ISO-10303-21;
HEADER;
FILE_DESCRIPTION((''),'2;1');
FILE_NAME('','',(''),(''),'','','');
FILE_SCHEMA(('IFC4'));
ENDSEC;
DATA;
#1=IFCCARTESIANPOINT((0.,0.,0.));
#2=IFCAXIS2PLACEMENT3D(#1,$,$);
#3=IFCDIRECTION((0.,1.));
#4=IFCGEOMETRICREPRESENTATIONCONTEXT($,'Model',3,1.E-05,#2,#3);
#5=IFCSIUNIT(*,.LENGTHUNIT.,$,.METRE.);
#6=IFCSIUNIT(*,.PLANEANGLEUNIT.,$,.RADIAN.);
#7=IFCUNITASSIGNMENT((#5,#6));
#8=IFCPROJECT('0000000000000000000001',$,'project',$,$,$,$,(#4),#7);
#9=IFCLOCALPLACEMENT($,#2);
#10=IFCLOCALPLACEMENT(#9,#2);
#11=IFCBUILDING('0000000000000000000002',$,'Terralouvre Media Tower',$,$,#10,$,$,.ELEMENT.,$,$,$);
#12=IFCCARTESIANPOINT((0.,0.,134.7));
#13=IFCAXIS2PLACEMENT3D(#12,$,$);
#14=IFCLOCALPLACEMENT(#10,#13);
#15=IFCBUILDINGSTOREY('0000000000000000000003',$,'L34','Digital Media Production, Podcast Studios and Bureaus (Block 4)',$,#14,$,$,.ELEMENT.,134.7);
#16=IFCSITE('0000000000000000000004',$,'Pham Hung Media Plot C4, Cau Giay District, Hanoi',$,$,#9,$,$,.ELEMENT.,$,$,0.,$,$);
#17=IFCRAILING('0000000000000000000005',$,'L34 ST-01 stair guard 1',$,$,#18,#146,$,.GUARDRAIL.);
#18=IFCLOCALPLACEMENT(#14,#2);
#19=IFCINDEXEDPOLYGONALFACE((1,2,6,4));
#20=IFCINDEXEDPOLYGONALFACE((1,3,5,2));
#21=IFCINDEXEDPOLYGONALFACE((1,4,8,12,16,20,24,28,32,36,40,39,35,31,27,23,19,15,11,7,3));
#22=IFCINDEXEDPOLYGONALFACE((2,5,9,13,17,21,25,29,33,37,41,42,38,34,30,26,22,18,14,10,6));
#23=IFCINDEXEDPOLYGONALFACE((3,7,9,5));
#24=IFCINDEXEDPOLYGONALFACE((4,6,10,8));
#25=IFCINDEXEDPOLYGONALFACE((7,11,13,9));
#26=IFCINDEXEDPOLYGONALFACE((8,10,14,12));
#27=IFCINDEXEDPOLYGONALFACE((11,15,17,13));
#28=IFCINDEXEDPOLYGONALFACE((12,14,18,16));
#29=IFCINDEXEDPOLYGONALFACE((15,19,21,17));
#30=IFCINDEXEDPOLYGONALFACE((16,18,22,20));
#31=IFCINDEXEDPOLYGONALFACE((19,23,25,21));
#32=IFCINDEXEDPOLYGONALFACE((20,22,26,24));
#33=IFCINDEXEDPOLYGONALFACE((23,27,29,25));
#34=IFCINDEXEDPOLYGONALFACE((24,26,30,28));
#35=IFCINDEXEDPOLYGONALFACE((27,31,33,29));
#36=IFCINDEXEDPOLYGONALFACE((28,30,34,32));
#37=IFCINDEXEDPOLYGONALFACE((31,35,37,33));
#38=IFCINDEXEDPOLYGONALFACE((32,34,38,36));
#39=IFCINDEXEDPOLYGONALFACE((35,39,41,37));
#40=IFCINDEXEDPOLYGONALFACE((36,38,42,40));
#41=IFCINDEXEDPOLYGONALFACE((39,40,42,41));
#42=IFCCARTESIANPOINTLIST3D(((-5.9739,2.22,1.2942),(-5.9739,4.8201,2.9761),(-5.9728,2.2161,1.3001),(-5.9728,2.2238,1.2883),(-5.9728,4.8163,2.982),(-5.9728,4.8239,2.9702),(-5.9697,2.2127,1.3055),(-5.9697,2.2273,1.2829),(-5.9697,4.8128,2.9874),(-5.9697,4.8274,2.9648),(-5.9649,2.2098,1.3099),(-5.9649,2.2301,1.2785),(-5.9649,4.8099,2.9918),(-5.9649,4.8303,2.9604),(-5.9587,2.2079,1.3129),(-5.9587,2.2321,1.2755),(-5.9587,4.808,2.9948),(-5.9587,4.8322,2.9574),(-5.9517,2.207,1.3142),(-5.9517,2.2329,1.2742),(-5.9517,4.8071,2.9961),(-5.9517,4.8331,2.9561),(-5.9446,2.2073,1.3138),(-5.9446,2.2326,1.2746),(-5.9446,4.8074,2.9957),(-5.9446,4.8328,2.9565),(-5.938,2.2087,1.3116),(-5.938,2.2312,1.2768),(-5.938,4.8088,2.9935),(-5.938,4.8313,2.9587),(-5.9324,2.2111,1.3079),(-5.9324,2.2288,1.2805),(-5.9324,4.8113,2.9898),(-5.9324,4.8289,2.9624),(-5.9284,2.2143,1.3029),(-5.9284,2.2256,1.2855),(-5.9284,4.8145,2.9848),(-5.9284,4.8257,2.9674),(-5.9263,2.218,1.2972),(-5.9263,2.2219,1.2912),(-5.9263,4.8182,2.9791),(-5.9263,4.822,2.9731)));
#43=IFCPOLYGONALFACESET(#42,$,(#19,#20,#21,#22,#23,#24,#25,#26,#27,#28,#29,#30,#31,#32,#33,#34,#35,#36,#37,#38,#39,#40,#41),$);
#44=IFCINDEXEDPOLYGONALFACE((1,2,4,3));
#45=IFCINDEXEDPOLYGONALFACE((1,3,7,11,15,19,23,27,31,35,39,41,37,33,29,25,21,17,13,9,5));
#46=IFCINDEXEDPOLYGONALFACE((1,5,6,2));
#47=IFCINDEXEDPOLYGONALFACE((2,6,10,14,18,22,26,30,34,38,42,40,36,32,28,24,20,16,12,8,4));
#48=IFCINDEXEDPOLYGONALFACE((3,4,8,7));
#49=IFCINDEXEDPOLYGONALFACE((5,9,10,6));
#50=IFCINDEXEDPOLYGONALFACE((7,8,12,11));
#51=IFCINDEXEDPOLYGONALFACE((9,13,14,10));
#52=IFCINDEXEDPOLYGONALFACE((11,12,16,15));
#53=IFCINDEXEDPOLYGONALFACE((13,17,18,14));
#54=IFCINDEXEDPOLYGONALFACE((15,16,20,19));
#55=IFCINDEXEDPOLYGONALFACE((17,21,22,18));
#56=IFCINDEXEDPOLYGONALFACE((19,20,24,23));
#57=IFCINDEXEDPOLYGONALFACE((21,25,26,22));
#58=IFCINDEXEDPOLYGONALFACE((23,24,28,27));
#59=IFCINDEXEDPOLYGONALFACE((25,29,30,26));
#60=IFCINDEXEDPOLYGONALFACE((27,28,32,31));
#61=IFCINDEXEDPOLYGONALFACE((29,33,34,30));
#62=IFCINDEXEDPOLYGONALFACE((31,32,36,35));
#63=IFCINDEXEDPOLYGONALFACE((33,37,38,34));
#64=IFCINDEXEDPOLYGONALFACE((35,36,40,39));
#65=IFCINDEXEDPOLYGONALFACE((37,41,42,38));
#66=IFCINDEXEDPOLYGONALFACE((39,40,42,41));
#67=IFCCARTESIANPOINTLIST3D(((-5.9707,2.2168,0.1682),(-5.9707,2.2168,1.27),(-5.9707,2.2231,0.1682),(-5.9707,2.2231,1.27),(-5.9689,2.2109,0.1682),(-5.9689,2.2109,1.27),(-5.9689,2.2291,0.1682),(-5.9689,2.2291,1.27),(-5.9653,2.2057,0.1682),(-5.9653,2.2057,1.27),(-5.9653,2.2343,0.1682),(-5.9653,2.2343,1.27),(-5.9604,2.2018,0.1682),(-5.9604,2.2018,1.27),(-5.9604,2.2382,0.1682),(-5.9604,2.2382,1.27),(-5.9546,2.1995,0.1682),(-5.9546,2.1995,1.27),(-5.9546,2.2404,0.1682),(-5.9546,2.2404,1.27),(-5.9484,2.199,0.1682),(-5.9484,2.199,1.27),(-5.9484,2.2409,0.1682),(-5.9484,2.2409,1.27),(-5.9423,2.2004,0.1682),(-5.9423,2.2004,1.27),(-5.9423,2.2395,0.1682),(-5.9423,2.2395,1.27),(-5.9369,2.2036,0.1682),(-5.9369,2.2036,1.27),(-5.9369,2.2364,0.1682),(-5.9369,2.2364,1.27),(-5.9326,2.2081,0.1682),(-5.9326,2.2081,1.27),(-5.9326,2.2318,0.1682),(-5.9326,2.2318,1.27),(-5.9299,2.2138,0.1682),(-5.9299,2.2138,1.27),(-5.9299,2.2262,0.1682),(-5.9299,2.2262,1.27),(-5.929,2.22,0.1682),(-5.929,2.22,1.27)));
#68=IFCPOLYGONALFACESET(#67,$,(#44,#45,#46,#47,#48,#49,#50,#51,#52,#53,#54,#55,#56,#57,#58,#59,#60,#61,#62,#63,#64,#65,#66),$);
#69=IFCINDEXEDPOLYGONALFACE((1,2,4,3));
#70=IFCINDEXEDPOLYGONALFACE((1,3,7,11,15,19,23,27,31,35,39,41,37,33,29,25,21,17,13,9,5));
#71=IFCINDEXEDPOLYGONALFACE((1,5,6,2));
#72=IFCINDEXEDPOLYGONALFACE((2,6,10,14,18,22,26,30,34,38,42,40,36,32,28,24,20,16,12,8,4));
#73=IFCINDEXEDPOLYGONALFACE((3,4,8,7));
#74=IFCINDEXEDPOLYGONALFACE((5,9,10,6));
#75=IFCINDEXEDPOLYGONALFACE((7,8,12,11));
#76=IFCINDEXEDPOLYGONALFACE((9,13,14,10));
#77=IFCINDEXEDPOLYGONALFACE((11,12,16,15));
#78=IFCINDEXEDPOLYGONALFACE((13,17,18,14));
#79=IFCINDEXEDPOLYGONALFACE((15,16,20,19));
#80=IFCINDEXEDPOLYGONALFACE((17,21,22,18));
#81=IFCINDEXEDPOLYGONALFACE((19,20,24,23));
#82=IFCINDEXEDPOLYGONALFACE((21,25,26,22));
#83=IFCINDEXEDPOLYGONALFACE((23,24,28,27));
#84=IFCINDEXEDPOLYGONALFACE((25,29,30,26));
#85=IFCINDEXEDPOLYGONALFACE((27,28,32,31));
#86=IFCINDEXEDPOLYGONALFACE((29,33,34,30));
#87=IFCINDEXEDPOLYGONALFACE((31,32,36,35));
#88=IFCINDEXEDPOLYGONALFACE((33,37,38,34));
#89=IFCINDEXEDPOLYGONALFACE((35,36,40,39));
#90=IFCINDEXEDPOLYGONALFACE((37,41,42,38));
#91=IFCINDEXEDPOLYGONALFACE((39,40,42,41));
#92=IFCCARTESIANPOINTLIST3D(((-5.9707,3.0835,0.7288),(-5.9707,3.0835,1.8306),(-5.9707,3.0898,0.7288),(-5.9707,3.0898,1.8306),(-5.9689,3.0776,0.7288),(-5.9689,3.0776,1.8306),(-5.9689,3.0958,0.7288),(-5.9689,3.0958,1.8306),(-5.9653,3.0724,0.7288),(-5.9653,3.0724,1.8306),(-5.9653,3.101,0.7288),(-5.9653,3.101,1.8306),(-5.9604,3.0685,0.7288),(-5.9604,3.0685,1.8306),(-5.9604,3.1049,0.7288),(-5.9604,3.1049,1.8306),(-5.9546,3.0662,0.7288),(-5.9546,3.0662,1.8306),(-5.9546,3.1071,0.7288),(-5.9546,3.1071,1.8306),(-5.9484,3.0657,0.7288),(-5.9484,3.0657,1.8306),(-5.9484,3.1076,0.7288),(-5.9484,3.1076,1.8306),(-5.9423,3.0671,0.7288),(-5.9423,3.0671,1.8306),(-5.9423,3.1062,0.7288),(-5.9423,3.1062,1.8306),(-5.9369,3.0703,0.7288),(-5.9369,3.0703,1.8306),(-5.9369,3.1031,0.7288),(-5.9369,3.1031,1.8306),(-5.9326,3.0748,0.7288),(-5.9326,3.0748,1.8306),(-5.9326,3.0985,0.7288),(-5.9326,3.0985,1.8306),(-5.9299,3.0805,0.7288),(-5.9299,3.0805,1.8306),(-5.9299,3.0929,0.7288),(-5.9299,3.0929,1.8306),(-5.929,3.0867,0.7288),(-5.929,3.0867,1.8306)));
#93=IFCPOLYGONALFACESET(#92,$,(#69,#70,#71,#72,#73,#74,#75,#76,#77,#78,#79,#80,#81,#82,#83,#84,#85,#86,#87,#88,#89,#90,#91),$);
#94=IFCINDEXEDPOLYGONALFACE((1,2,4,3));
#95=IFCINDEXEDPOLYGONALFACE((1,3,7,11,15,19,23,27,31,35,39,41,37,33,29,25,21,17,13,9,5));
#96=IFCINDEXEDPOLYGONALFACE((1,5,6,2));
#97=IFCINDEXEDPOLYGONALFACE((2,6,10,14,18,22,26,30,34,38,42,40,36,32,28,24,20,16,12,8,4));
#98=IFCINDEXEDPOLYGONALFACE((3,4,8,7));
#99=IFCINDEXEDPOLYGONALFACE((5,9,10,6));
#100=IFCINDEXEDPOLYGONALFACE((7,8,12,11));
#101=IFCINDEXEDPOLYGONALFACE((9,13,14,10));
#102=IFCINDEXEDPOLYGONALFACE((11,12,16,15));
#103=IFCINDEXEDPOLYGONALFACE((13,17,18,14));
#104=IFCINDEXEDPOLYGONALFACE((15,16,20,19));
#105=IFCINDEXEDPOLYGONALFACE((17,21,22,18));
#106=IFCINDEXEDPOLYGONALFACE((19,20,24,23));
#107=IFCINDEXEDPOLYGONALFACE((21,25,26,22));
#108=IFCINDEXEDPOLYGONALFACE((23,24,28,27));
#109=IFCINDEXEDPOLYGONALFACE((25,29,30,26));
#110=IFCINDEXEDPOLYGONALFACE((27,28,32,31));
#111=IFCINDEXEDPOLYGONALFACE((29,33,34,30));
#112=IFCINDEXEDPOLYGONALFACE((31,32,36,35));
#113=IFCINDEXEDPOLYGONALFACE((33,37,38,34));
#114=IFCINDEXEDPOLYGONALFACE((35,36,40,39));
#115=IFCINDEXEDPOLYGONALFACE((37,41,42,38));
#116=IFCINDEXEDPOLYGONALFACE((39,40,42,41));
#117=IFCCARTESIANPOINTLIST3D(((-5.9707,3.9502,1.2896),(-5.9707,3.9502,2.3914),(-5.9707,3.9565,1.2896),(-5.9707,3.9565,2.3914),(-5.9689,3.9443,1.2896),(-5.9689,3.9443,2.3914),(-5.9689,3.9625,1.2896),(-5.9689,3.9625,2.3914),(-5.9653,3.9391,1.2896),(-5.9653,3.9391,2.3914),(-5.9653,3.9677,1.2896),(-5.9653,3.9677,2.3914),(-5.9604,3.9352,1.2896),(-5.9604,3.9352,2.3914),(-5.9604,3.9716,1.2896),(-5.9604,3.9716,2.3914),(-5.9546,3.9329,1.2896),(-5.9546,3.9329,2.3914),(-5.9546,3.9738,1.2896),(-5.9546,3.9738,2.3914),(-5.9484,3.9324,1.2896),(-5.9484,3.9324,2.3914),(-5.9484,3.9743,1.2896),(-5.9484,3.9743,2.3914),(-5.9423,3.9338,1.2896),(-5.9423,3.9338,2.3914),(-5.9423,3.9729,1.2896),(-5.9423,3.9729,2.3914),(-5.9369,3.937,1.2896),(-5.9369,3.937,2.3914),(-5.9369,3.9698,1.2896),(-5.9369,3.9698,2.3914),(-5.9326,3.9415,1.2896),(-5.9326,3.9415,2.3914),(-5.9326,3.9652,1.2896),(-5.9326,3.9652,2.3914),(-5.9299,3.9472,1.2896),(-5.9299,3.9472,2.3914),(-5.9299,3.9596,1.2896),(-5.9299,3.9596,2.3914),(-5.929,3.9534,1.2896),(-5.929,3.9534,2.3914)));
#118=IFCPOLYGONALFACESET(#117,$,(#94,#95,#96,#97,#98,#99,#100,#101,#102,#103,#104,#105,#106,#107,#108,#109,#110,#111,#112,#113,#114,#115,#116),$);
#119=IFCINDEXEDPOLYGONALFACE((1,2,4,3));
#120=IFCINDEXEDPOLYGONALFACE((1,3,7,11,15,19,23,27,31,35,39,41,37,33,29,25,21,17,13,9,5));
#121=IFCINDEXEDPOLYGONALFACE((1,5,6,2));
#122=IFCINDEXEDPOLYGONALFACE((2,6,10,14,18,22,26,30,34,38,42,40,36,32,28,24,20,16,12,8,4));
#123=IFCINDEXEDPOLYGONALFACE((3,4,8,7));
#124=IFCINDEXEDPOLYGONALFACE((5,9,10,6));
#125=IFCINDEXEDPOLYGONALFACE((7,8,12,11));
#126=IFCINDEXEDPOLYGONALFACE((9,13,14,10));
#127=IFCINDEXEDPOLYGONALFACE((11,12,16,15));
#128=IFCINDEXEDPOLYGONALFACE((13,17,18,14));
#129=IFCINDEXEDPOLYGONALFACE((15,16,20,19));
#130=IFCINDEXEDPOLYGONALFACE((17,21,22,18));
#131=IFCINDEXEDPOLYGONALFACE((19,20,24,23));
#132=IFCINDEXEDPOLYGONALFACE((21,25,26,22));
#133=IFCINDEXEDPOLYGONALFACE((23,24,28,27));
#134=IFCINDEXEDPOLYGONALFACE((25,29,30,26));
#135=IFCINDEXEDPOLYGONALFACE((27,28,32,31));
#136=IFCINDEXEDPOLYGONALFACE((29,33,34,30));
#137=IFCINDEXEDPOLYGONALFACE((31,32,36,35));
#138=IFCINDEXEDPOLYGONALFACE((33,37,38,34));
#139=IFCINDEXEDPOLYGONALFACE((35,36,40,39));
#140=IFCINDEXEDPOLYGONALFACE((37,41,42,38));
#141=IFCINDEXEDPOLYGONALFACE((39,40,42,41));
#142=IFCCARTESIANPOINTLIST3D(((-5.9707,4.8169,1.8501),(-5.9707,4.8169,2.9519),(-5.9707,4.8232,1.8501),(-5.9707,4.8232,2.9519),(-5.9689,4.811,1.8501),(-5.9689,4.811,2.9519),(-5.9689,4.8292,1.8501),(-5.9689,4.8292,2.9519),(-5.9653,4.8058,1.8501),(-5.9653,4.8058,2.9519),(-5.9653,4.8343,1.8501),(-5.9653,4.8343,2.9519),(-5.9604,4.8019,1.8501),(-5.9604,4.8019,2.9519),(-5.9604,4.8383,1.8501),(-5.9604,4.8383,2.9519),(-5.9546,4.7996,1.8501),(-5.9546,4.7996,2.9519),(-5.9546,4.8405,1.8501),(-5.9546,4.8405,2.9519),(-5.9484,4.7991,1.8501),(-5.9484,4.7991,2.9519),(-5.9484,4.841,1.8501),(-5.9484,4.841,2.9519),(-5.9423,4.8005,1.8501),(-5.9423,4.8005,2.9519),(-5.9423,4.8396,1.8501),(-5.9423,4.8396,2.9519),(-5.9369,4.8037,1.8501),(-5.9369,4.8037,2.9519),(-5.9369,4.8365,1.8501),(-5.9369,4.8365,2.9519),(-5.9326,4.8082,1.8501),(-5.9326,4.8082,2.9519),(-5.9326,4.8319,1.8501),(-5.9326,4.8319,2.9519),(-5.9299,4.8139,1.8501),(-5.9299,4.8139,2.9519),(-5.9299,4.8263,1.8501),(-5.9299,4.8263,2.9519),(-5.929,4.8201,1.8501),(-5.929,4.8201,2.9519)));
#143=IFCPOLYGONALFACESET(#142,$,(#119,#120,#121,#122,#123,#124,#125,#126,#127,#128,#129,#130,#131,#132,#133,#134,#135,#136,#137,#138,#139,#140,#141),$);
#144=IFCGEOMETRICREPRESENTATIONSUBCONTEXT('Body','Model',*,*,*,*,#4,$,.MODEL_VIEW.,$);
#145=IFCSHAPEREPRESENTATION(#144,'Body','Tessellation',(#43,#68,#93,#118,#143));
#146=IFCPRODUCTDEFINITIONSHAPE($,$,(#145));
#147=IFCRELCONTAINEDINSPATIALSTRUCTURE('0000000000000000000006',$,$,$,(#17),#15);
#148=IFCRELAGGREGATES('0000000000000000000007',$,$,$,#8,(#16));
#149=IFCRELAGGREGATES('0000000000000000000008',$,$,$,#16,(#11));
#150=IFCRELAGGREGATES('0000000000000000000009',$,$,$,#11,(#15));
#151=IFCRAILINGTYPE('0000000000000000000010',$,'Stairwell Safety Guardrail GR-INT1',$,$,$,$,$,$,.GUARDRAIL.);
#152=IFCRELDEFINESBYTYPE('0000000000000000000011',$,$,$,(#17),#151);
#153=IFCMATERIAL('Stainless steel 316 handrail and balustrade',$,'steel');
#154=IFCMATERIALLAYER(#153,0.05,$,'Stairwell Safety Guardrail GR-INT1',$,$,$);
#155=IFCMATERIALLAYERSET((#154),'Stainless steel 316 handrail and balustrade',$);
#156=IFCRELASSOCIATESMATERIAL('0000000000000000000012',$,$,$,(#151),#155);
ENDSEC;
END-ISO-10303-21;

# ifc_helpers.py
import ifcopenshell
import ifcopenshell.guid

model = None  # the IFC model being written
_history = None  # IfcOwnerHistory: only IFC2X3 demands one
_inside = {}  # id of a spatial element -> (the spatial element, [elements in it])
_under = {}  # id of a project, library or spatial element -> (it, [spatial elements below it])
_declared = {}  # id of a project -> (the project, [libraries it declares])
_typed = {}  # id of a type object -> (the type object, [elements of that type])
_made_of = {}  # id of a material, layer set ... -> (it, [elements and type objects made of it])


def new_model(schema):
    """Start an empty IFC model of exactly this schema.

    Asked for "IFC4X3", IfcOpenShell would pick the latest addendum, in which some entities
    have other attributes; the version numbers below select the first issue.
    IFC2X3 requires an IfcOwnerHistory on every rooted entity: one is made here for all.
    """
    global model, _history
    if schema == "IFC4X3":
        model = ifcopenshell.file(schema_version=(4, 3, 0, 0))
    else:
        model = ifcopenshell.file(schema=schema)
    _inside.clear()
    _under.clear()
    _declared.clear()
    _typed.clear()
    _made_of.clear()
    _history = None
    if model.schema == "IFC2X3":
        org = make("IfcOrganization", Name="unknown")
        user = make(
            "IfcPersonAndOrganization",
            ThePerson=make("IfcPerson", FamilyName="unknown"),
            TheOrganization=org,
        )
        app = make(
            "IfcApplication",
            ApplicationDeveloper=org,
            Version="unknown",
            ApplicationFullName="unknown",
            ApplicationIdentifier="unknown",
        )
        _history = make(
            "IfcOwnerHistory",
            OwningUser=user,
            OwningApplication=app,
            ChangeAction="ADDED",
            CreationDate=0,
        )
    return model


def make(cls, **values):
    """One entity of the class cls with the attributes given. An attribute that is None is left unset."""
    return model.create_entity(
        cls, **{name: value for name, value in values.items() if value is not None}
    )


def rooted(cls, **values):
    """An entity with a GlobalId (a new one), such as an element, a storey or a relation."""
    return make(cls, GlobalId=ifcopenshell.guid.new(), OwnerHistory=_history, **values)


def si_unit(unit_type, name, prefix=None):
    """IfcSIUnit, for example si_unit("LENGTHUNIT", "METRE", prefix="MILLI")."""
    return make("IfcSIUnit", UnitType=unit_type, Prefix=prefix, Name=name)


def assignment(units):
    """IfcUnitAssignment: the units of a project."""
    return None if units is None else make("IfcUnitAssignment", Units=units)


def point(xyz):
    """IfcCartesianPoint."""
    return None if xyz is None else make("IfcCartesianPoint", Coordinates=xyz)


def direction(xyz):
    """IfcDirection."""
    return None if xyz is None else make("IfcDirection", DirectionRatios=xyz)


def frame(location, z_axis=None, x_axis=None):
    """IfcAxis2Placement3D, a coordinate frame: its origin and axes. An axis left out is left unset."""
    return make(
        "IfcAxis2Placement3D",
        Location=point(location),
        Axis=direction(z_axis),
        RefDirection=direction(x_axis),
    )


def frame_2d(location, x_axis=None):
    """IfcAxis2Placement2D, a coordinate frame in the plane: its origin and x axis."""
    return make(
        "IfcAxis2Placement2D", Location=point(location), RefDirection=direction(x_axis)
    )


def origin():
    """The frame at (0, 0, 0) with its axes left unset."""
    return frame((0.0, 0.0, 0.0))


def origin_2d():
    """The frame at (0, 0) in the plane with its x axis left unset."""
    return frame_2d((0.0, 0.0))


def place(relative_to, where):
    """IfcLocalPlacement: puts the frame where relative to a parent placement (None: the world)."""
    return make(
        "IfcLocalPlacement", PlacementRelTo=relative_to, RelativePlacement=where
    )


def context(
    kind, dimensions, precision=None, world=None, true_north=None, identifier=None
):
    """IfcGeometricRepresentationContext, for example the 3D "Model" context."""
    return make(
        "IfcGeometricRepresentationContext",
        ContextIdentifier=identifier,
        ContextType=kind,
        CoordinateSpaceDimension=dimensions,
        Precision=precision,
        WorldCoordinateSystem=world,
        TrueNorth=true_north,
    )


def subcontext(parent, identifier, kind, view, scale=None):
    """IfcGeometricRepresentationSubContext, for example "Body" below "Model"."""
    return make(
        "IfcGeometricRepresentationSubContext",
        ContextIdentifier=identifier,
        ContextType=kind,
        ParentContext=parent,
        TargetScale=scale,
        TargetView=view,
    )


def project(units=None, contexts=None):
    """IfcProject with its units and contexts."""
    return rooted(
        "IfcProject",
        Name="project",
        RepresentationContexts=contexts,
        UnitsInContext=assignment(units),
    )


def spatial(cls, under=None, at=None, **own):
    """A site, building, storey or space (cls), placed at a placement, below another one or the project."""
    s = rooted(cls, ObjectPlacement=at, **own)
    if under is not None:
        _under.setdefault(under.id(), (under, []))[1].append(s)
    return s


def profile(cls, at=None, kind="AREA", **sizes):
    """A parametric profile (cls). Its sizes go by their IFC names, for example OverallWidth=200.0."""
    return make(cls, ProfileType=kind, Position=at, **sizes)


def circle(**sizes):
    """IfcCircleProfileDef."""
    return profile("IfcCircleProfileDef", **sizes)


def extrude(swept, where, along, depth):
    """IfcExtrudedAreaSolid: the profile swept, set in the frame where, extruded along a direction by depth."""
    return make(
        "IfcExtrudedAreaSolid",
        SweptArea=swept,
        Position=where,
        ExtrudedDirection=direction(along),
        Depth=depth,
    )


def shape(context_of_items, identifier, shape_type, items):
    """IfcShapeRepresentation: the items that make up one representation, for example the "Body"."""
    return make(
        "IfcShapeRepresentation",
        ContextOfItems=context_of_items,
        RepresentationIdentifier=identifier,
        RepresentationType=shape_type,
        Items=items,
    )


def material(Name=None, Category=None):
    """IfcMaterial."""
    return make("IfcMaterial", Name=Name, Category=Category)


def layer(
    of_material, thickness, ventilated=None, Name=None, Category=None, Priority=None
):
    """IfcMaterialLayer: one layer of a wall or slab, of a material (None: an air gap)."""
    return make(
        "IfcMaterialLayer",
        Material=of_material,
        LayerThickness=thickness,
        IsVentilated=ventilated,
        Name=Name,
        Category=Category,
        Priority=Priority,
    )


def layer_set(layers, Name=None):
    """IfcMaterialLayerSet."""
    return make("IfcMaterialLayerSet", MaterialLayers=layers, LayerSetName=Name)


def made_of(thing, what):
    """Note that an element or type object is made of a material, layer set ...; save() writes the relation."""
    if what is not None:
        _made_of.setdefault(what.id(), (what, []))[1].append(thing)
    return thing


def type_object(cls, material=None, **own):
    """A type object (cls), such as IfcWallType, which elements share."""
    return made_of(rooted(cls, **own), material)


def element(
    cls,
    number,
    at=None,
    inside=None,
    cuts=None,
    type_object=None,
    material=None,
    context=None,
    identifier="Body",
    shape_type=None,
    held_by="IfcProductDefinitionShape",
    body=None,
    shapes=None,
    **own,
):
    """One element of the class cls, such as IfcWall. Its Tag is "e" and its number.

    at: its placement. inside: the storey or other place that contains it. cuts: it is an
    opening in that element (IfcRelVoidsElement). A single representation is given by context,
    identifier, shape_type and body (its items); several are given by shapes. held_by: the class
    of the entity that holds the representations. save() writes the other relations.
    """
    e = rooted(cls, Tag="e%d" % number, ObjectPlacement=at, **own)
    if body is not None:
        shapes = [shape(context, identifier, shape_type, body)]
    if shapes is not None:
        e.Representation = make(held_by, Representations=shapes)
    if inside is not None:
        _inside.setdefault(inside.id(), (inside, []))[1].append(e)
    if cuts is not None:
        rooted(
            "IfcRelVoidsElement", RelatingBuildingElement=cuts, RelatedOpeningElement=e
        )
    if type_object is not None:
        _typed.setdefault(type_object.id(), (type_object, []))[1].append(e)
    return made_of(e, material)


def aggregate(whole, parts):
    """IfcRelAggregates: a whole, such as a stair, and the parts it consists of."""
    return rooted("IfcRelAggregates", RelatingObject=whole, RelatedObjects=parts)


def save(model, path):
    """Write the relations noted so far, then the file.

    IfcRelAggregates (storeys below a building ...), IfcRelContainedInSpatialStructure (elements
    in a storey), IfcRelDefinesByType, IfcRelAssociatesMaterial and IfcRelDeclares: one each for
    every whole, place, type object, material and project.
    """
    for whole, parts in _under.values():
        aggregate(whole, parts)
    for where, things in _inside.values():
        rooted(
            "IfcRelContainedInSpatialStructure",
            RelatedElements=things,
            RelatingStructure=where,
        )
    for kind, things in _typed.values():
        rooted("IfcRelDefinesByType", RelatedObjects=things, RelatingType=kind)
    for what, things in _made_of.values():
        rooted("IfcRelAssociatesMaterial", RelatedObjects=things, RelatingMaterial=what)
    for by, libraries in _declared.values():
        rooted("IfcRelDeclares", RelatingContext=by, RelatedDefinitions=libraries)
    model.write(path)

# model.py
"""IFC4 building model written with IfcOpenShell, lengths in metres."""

from ifc_helpers import new_model, si_unit, direction, frame, origin, origin_2d, place, context, subcontext, project, spatial, circle, extrude, material, layer, layer_set, type_object, element, save


model = new_model("IFC4")

# Units and contexts
model_context = context("Model", 3, precision=1e-05, world=origin(), true_north=direction((0.0, 1.0)))
body_context = subcontext(model_context, "Body", "Model", "MODEL_VIEW")
ifc_project = project(units=[si_unit("LENGTHUNIT", "METRE"), si_unit("PLANEANGLEUNIT", "RADIAN")], contexts=[model_context])

# Site, building, storey
site_placement = place(None, origin())
site = spatial("IfcSite", under=ifc_project, at=site_placement, Name="Pham Hung Media Plot C4, Cau Giay District, Hanoi", CompositionType="ELEMENT", RefElevation=0.0)
building_placement = place(site_placement, origin())
building = spatial("IfcBuilding", under=site, at=building_placement, Name="Terralouvre Media Tower", CompositionType="ELEMENT")
storey_placement = place(building_placement, frame((0.0, 0.0, 134.7)))
storey = spatial("IfcBuildingStorey", under=building, at=storey_placement, Name="L34", Description="Digital Media Production, Podcast Studios and Bureaus (Block 4)", CompositionType="ELEMENT", Elevation=134.7)

# Railing
ifc_material_1 = material(Name="Stainless steel 316 handrail and balustrade", Category="steel")
ifc_layer_1 = layer(ifc_material_1, 0.05, Name="Stairwell Safety Guardrail GR-INT1")
ifc_layer_set_1 = layer_set([ifc_layer_1], Name="Stainless steel 316 handrail and balustrade")
railing_type_1 = type_object("IfcRailingType", Name="Stairwell Safety Guardrail GR-INT1", PredefinedType="GUARDRAIL", material=ifc_layer_set_1)
railing_1_placement = place(storey_placement, frame((-5.95, 2.22, 0.1682)))
element("IfcRailing", 1, at=railing_1_placement, inside=storey, type_object=railing_type_1, Name="L34 ST-01 stair guard 1", PredefinedType="GUARDRAIL", context=body_context, shape_type="SweptSolid", body=[
    extrude(circle(Radius=0.0239, at=origin_2d()), frame((0.0, 0.0, 1.126), z_axis=(0.0, 0.839648, 0.54313), x_axis=(-1.0, 0.0, 0.0)), (0.0, 0.0, 1.0), 3.0967),
    extrude(circle(Radius=0.021, at=origin_2d()), origin(), (0.0, 0.0, 1.0), 1.1018),
    extrude(circle(Radius=0.021, at=origin_2d()), frame((0.0, 0.8667, 0.5605)), (0.0, 0.0, 1.0), 1.1018),
    extrude(circle(Radius=0.021, at=origin_2d()), frame((0.0, 1.7334, 1.1213)), (0.0, 0.0, 1.0), 1.1018),
    extrude(circle(Radius=0.021, at=origin_2d()), frame((0.0, 2.6001, 1.6819)), (0.0, 0.0, 1.0), 1.1018),
])

save(model, "model.ifc")
